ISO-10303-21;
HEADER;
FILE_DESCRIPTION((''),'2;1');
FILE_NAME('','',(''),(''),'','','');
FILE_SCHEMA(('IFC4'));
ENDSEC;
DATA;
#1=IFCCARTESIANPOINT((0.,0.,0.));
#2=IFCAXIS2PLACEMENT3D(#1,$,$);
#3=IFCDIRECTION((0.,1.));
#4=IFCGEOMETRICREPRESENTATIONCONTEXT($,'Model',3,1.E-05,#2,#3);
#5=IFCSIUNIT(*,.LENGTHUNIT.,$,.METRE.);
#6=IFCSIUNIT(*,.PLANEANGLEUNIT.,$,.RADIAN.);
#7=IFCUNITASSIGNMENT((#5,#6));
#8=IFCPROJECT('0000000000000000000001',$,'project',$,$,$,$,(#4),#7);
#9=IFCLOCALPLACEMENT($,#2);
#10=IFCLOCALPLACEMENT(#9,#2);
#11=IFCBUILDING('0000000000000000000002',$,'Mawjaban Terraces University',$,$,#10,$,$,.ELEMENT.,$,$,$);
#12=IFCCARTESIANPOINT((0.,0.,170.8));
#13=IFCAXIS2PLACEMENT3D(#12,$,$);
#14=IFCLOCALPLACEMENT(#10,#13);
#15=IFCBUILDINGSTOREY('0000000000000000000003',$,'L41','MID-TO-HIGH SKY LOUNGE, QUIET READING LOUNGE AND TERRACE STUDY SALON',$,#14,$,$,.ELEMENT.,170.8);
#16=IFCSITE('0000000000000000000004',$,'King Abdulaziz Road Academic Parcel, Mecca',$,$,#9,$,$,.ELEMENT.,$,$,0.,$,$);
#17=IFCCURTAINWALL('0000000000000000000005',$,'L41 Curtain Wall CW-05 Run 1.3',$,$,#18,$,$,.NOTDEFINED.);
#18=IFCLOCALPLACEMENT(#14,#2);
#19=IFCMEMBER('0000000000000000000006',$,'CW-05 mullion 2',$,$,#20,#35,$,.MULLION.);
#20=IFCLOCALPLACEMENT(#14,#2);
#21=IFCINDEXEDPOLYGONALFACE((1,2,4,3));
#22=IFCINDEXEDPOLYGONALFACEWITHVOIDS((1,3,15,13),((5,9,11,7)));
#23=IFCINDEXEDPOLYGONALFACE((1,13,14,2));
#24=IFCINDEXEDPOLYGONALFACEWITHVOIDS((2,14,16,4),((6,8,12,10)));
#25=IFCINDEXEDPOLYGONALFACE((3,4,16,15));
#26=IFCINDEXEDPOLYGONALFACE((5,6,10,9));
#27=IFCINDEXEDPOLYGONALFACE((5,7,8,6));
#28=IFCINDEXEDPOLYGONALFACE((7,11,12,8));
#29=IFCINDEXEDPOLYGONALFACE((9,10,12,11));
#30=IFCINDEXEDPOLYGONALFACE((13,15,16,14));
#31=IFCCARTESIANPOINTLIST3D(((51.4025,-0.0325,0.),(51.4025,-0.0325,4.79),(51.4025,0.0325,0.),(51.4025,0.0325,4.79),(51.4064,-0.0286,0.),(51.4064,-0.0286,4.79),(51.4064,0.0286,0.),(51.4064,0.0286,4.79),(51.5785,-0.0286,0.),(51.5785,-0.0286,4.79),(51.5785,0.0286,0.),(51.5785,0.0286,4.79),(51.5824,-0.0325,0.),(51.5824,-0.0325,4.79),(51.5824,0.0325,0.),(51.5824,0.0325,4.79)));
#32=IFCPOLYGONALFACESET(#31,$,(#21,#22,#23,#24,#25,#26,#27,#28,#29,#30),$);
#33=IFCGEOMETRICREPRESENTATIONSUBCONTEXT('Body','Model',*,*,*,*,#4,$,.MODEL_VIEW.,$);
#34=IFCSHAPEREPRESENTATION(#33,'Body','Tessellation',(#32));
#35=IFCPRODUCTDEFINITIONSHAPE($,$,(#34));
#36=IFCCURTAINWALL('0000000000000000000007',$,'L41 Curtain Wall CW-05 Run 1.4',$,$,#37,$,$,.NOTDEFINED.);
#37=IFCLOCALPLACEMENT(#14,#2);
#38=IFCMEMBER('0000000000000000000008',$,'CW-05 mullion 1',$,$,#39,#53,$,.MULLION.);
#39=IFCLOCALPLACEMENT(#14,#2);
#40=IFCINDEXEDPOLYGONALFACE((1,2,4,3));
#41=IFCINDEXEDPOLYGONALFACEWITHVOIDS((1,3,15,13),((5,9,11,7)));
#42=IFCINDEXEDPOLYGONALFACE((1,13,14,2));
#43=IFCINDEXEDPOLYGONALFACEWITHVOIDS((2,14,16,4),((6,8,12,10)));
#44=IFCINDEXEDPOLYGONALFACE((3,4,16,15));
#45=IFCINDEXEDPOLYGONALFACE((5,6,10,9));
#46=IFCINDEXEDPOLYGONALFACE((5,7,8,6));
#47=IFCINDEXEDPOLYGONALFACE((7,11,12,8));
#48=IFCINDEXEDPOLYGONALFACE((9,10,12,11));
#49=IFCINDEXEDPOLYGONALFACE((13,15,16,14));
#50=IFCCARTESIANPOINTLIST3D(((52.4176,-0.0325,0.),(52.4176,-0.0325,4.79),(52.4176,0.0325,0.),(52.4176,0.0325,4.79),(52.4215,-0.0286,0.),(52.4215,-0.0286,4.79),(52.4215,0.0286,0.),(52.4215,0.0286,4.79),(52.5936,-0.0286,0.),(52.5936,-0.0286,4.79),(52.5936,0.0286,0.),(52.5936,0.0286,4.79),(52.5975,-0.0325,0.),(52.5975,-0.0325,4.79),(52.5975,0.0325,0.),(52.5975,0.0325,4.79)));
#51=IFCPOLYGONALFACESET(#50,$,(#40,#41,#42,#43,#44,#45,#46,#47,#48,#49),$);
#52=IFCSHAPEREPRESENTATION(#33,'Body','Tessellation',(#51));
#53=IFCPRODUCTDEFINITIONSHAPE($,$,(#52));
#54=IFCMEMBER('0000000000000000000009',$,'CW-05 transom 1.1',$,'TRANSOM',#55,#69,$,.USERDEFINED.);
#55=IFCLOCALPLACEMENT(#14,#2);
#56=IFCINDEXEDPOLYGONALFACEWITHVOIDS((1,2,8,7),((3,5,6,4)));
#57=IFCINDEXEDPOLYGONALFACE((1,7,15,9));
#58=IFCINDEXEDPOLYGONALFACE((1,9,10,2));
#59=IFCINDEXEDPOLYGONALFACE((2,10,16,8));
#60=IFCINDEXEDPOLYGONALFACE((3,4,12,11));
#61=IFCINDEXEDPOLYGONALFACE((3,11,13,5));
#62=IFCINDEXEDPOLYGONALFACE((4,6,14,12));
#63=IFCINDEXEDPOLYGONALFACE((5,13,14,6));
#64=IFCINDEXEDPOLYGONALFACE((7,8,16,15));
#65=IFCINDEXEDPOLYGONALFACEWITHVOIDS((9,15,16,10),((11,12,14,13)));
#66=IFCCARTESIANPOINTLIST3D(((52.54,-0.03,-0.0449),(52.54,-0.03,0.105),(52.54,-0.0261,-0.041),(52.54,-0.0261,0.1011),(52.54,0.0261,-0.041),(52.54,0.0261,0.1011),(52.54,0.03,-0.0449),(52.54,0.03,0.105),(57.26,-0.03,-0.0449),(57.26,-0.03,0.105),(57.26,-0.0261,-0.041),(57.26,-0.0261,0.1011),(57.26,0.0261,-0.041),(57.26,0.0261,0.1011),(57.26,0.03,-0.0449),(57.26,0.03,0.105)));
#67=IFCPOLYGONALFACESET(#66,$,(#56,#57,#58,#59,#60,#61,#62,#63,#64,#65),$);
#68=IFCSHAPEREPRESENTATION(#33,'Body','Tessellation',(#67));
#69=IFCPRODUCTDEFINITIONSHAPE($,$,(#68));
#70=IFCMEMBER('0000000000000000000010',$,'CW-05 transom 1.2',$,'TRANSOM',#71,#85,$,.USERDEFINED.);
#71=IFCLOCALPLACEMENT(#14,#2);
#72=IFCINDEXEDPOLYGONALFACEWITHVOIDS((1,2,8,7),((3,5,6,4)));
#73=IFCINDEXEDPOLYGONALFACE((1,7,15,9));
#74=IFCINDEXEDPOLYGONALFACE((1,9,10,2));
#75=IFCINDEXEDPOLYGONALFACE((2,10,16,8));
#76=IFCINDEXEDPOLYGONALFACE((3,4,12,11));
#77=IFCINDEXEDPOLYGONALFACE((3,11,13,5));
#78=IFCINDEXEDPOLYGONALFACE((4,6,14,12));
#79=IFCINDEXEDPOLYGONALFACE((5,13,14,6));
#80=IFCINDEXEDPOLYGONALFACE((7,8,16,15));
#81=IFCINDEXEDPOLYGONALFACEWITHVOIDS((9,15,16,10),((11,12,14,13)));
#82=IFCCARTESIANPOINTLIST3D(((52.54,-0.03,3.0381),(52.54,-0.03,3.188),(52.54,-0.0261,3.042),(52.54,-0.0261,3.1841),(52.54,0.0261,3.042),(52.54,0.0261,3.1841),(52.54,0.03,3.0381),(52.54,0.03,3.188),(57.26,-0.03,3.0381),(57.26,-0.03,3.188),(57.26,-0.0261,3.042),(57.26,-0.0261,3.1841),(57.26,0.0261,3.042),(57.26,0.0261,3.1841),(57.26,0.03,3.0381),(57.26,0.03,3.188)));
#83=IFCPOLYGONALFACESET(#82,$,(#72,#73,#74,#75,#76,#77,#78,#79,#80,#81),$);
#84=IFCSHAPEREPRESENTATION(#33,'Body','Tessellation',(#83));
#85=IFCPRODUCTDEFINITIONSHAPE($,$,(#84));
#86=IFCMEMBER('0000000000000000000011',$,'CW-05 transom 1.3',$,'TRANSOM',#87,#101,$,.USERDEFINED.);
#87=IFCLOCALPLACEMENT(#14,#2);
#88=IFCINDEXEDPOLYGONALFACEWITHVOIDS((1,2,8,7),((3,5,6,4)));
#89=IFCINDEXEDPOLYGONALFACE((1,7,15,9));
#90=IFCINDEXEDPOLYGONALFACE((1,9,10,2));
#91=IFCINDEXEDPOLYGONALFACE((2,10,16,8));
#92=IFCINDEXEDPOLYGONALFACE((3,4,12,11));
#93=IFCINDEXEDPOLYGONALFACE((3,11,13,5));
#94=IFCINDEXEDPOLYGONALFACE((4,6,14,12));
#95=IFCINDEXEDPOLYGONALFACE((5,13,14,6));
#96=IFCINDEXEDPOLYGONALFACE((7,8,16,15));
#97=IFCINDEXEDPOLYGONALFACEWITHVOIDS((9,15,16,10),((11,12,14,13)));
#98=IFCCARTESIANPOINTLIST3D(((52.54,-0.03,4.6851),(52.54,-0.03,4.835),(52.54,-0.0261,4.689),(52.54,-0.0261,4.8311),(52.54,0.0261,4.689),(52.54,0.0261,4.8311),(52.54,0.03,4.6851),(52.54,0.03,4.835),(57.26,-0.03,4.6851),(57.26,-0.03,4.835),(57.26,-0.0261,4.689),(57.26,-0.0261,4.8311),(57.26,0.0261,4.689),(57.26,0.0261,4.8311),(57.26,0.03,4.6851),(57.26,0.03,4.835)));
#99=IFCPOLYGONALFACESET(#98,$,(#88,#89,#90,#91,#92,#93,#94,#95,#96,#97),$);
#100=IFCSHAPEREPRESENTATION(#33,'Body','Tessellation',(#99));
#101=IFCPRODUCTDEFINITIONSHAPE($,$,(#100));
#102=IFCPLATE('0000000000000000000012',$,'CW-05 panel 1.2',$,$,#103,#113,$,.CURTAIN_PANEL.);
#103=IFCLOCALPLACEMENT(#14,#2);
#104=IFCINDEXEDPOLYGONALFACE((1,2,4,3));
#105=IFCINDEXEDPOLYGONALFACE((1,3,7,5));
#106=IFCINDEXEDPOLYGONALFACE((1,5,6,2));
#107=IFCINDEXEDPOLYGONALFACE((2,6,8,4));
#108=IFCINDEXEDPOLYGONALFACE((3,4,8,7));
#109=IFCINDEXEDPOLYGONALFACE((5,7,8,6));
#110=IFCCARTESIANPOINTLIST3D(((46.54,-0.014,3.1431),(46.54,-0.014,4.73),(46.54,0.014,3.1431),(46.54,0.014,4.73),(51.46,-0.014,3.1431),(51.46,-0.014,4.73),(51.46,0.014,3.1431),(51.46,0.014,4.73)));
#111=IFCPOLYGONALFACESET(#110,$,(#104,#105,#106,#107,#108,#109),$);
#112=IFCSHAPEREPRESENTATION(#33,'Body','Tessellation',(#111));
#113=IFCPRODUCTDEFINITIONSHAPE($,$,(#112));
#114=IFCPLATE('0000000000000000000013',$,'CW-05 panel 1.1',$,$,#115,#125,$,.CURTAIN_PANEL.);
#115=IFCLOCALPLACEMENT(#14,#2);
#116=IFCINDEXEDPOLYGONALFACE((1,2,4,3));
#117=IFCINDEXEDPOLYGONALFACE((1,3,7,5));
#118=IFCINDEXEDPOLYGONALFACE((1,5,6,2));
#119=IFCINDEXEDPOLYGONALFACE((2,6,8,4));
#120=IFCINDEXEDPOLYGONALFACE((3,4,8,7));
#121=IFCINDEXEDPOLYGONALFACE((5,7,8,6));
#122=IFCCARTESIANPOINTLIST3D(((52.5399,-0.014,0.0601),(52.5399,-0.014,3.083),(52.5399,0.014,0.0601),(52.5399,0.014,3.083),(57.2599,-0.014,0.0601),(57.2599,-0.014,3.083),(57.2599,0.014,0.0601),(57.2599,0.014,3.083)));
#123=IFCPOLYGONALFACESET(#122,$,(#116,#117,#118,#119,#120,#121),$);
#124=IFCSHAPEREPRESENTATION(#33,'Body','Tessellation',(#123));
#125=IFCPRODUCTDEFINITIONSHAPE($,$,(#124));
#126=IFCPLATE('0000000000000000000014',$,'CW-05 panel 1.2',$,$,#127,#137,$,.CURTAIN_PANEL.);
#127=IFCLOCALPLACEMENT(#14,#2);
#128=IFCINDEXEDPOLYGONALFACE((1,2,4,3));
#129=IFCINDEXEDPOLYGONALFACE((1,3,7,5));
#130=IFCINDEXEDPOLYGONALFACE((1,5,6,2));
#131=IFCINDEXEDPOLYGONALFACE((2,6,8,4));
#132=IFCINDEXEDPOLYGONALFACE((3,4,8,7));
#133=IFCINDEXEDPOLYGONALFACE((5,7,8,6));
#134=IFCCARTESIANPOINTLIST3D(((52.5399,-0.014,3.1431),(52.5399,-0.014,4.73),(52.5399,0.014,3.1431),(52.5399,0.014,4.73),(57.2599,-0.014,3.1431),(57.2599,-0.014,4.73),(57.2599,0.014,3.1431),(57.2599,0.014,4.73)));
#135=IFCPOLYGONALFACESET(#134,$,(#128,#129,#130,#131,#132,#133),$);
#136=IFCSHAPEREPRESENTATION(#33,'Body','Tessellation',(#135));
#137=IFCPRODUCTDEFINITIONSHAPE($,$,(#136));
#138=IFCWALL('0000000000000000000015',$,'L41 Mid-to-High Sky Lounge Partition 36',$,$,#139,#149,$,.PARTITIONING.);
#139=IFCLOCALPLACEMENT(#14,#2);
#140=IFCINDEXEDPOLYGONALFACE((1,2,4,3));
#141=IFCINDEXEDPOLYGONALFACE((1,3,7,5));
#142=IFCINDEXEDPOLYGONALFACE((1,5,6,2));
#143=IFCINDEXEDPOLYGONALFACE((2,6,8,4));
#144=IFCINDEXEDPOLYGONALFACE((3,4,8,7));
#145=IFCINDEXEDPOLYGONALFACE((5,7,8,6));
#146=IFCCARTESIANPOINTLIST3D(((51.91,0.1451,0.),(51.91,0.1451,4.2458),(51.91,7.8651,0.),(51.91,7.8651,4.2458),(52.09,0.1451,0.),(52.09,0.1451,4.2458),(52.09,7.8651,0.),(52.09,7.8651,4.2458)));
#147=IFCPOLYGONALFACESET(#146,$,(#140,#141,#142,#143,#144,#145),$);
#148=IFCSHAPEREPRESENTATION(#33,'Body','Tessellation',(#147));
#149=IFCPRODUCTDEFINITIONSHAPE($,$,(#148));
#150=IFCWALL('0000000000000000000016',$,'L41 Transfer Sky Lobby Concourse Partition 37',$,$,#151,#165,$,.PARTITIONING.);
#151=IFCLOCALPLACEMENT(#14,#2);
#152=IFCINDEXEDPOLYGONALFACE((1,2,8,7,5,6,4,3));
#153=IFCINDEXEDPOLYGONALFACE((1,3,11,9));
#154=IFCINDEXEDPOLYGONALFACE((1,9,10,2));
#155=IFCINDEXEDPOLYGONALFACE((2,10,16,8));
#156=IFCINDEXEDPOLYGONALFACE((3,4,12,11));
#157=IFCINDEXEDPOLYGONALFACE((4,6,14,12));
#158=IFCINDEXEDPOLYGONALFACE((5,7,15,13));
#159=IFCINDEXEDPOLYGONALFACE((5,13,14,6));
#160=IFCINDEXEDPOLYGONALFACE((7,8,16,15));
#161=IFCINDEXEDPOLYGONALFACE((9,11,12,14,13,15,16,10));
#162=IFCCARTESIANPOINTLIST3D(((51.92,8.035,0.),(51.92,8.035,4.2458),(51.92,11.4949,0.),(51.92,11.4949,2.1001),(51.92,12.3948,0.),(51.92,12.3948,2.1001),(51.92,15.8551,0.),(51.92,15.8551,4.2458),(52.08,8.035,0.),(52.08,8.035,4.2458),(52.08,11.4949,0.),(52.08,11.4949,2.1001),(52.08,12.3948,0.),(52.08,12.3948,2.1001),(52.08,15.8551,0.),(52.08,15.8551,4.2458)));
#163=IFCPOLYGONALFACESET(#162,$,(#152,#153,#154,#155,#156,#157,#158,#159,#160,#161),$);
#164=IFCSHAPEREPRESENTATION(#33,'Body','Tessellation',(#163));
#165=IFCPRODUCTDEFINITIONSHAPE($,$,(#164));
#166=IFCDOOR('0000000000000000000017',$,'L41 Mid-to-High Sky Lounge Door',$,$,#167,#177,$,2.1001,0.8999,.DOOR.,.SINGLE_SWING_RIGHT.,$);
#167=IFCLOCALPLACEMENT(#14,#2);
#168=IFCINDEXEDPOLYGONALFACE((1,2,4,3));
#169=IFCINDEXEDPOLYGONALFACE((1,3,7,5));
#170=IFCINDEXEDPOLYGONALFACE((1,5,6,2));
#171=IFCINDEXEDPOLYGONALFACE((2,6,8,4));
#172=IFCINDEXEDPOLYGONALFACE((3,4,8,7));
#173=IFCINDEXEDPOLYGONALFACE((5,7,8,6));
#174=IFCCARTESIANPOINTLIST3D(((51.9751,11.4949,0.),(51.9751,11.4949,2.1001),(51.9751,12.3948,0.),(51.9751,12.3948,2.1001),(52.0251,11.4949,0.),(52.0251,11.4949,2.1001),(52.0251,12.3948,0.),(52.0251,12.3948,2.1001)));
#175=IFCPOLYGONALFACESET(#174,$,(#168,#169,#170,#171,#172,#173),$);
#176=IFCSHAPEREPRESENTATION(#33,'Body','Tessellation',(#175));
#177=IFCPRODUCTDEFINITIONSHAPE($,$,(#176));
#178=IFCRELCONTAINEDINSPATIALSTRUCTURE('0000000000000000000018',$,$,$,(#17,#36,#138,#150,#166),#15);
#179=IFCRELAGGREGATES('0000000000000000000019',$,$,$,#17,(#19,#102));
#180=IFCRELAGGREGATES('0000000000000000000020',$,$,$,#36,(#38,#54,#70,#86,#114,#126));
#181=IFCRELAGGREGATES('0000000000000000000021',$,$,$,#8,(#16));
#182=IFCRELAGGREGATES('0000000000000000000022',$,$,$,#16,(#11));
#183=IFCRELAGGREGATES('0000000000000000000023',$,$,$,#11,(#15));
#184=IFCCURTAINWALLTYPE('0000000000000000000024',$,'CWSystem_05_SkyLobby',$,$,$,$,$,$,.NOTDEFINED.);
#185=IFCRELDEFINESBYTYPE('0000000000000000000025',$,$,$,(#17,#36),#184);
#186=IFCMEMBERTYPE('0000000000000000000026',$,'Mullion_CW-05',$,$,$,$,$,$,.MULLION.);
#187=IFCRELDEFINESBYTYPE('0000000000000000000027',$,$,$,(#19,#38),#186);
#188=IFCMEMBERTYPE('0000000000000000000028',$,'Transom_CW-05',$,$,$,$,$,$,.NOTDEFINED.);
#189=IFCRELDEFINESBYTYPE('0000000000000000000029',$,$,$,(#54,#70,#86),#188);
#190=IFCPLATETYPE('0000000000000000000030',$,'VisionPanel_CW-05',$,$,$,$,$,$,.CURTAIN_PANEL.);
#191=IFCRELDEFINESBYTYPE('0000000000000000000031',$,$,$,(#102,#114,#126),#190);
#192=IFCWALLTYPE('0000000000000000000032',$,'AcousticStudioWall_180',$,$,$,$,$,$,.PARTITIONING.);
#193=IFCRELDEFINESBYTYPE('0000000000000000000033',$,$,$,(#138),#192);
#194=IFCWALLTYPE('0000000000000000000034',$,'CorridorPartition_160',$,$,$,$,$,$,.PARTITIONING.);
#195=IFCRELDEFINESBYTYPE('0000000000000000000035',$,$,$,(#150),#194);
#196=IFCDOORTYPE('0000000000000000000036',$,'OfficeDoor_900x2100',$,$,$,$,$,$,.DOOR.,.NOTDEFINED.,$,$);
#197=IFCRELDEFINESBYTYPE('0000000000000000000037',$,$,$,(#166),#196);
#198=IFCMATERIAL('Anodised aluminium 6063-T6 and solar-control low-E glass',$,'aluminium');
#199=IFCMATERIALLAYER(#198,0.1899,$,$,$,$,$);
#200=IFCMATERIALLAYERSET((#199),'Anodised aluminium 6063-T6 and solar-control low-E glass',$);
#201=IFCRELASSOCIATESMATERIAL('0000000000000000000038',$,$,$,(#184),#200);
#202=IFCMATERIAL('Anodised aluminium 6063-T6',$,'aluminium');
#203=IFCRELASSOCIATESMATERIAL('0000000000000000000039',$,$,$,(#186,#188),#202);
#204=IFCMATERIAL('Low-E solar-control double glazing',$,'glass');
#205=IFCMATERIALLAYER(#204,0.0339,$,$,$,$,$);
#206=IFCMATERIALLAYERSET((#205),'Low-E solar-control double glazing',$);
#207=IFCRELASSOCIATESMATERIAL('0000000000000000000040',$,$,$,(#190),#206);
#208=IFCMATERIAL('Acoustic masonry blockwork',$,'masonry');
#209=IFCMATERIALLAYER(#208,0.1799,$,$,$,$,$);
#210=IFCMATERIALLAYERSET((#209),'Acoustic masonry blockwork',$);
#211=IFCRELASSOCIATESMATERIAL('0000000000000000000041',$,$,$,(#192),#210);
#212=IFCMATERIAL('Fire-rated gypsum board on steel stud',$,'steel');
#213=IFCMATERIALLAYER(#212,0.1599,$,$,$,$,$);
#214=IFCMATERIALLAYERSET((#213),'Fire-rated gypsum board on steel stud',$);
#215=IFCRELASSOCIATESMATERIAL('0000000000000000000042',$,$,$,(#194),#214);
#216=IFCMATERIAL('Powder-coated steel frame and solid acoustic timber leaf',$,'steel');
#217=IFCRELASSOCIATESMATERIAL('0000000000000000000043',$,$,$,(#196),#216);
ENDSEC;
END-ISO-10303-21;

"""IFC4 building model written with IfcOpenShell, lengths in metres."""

from ifc_helpers import new_model, si_unit, direction, frame, frame_2d, origin, origin_2d, place, context, subcontext, project, spatial, rectangle, hollow_rectangle, extrude, material, layer, layer_set, material_profile, profile_set, type_object, element, fill, aggregate, save


model = new_model("IFC4")

# Units and contexts
model_context = context("Model", 3, precision=1e-05, world=origin(), true_north=direction((0.0, 1.0)))
body_context = subcontext(model_context, "Body", "Model", "MODEL_VIEW")
ifc_project = project(units=[si_unit("LENGTHUNIT", "METRE"), si_unit("PLANEANGLEUNIT", "RADIAN")], contexts=[model_context])

# Site, building, storey
site_placement = place(None, origin())
site = spatial("IfcSite", under=ifc_project, at=site_placement, Name="King Abdulaziz Road Academic Parcel, Mecca", CompositionType="ELEMENT", RefElevation=0.0)
building_placement = place(site_placement, origin())
building = spatial("IfcBuilding", under=site, at=building_placement, Name="Mawjaban Terraces University", CompositionType="ELEMENT")
storey_placement = place(building_placement, frame((0.0, 0.0, 170.8)))
storey = spatial("IfcBuildingStorey", under=building, at=storey_placement, Name="L41", Description="MID-TO-HIGH SKY LOUNGE, QUIET READING LOUNGE AND TERRACE STUDY SALON", CompositionType="ELEMENT", Elevation=170.8)

# Curtain wall, member
ifc_material_1 = material(Name="Anodised aluminium 6063-T6 and solar-control low-E glass", Category="aluminium")
ifc_layer_1 = layer(ifc_material_1, 0.1899)
ifc_layer_set_1 = layer_set([ifc_layer_1], Name="Anodised aluminium 6063-T6 and solar-control low-E glass")
curtain_wall_type = type_object("IfcCurtainWallType", Name="CWSystem_05_SkyLobby", PredefinedType="NOTDEFINED", material=ifc_layer_set_1)
curtain_wall_1_placement = place(storey_placement, origin())
curtain_wall_1 = element("IfcCurtainWall", 1, at=curtain_wall_1_placement, inside=storey, type_object=curtain_wall_type, Name="L41 Curtain Wall CW-05 Run 1.3", PredefinedType="NOTDEFINED")
ifc_material_2 = material(Name="Anodised aluminium 6063-T6", Category="aluminium")
ifc_material_profile_1 = material_profile(ifc_material_2, hollow_rectangle(XDim=0.0649, YDim=0.1799, WallThickness=0.0039, at=origin_2d()), Name="ALU180X65X4")
ifc_profile_set_1 = profile_set([ifc_material_profile_1], Name="Anodised aluminium 6063-T6")
member_type_1 = type_object("IfcMemberType", Name="Mullion_CW-05", PredefinedType="MULLION", material=ifc_profile_set_1)
member_1_placement = place(storey_placement, frame((51.4924, 0.0, 0.0), z_axis=(0.0, 0.0, 1.0), x_axis=(0.0, 1.0, 0.0)))
member_1 = element("IfcMember", 2, at=member_1_placement, type_object=member_type_1, Name="CW-05 mullion 2", PredefinedType="MULLION", context=body_context, shape_type="SweptSolid", body=[
    extrude(hollow_rectangle(XDim=0.0649, YDim=0.1799, WallThickness=0.0039, at=origin_2d()), origin(), (0.0, 0.0, 1.0), 4.79),
])

# Curtain wall, members
curtain_wall_2_placement = place(storey_placement, origin())
curtain_wall_2 = element("IfcCurtainWall", 3, at=curtain_wall_2_placement, inside=storey, type_object=curtain_wall_type, Name="L41 Curtain Wall CW-05 Run 1.4", PredefinedType="NOTDEFINED")
member_2_placement = place(storey_placement, frame((52.5076, 0.0, 0.0), z_axis=(0.0, 0.0, 1.0), x_axis=(0.0, 1.0, 0.0)))
member_2 = element("IfcMember", 4, at=member_2_placement, type_object=member_type_1, Name="CW-05 mullion 1", PredefinedType="MULLION", context=body_context, shape_type="SweptSolid", body=[
    extrude(hollow_rectangle(XDim=0.0649, YDim=0.1799, WallThickness=0.0039, at=origin_2d()), origin(), (0.0, 0.0, 1.0), 4.79),
])
ifc_material_profile_2 = material_profile(ifc_material_2, hollow_rectangle(XDim=0.0601, YDim=0.1499, WallThickness=0.0039, at=origin_2d()), Name="ALU150X60X4")
ifc_profile_set_2 = profile_set([ifc_material_profile_2], Name="Anodised aluminium 6063-T6")
member_type_2 = type_object("IfcMemberType", Name="Transom_CW-05", PredefinedType="NOTDEFINED", material=ifc_profile_set_2)
member_3_placement = place(storey_placement, frame((52.54, 0.0, 0.03), z_axis=(1.0, 0.0, 0.0), x_axis=(0.0, 1.0, 0.0)))
member_3 = element("IfcMember", 5, at=member_3_placement, type_object=member_type_2, Name="CW-05 transom 1.1", ObjectType="TRANSOM", PredefinedType="USERDEFINED", context=body_context, shape_type="SweptSolid", body=[
    extrude(hollow_rectangle(XDim=0.0601, YDim=0.1499, WallThickness=0.0039, at=origin_2d()), origin(), (0.0, 0.0, 1.0), 4.72),
])
member_4_placement = place(storey_placement, frame((52.54, 0.0, 3.113), z_axis=(1.0, 0.0, 0.0), x_axis=(0.0, 1.0, 0.0)))
member_4 = element("IfcMember", 6, at=member_4_placement, type_object=member_type_2, Name="CW-05 transom 1.2", ObjectType="TRANSOM", PredefinedType="USERDEFINED", context=body_context, shape_type="SweptSolid", body=[
    extrude(hollow_rectangle(XDim=0.0601, YDim=0.1499, WallThickness=0.0039, at=origin_2d()), origin(), (0.0, 0.0, 1.0), 4.72),
])
member_5_placement = place(storey_placement, frame((52.54, 0.0, 4.76), z_axis=(1.0, 0.0, 0.0), x_axis=(0.0, 1.0, 0.0)))
member_5 = element("IfcMember", 7, at=member_5_placement, type_object=member_type_2, Name="CW-05 transom 1.3", ObjectType="TRANSOM", PredefinedType="USERDEFINED", context=body_context, shape_type="SweptSolid", body=[
    extrude(hollow_rectangle(XDim=0.0601, YDim=0.1499, WallThickness=0.0039, at=origin_2d()), origin(), (0.0, 0.0, 1.0), 4.72),
])

# Plates
ifc_material_3 = material(Name="Low-E solar-control double glazing", Category="glass")
ifc_layer_2 = layer(ifc_material_3, 0.0339)
ifc_layer_set_2 = layer_set([ifc_layer_2], Name="Low-E solar-control double glazing")
plate_type = type_object("IfcPlateType", Name="VisionPanel_CW-05", PredefinedType="CURTAIN_PANEL", material=ifc_layer_set_2)
plate_1_placement = place(storey_placement, frame((49.0, 0.0, 3.1431), z_axis=(0.0, 0.0, 1.0), x_axis=(1.0, 0.0, 0.0)))
plate_1 = element("IfcPlate", 8, at=plate_1_placement, type_object=plate_type, Name="CW-05 panel 1.2", PredefinedType="CURTAIN_PANEL", context=body_context, shape_type="SweptSolid", body=[
    extrude(rectangle(XDim=4.9199, YDim=0.0281, at=origin_2d()), origin(), (0.0, 0.0, 1.0), 1.5869),
])
aggregate(curtain_wall_1, [member_1, plate_1])
plate_2_placement = place(storey_placement, frame((54.8999, 0.0, 0.0601), z_axis=(0.0, 0.0, 1.0), x_axis=(1.0, 0.0, 0.0)))
plate_2 = element("IfcPlate", 9, at=plate_2_placement, type_object=plate_type, Name="CW-05 panel 1.1", PredefinedType="CURTAIN_PANEL", context=body_context, shape_type="SweptSolid", body=[
    extrude(rectangle(XDim=4.72, YDim=0.0281, at=origin_2d()), origin(), (0.0, 0.0, 1.0), 3.0229),
])
plate_3_placement = place(storey_placement, frame((54.8999, 0.0, 3.1431), z_axis=(0.0, 0.0, 1.0), x_axis=(1.0, 0.0, 0.0)))
plate_3 = element("IfcPlate", 10, at=plate_3_placement, type_object=plate_type, Name="CW-05 panel 1.2", PredefinedType="CURTAIN_PANEL", context=body_context, shape_type="SweptSolid", body=[
    extrude(rectangle(XDim=4.72, YDim=0.0281, at=origin_2d()), origin(), (0.0, 0.0, 1.0), 1.5869),
])
aggregate(curtain_wall_2, [member_2, member_3, member_4, member_5, plate_2, plate_3])

# Wall
ifc_material_4 = material(Name="Acoustic masonry blockwork", Category="masonry")
ifc_layer_3 = layer(ifc_material_4, 0.1799)
ifc_layer_set_3 = layer_set([ifc_layer_3], Name="Acoustic masonry blockwork")
wall_type_1 = type_object("IfcWallType", Name="AcousticStudioWall_180", PredefinedType="PARTITIONING", material=ifc_layer_set_3)
wall_1_placement = place(storey_placement, frame((52.0, 7.865, 0.0), z_axis=(0.0, 0.0, 1.0), x_axis=(0.0, -1.0, 0.0)))
element("IfcWall", 11, at=wall_1_placement, inside=storey, type_object=wall_type_1, Name="L41 Mid-to-High Sky Lounge Partition 36", PredefinedType="PARTITIONING", context=body_context, shape_type="SweptSolid", body=[
    extrude(rectangle(XDim=7.72, YDim=0.1799, at=frame_2d((3.8599, 0.0))), origin(), (0.0, 0.0, 1.0), 4.2458),
])

# Wall, opening, door
ifc_material_5 = material(Name="Fire-rated gypsum board on steel stud", Category="steel")
ifc_layer_4 = layer(ifc_material_5, 0.1599)
ifc_layer_set_4 = layer_set([ifc_layer_4], Name="Fire-rated gypsum board on steel stud")
wall_type_2 = type_object("IfcWallType", Name="CorridorPartition_160", PredefinedType="PARTITIONING", material=ifc_layer_set_4)
wall_2_placement = place(storey_placement, frame((52.0, 8.0349, 0.0), z_axis=(0.0, 0.0, 1.0), x_axis=(0.0, 1.0, 0.0)))
wall_2 = element("IfcWall", 12, at=wall_2_placement, inside=storey, type_object=wall_type_2, Name="L41 Transfer Sky Lobby Concourse Partition 37", PredefinedType="PARTITIONING", context=body_context, shape_type="SweptSolid", body=[
    extrude(rectangle(XDim=7.8201, YDim=0.1599, at=frame_2d((3.9102, 0.0))), origin(), (0.0, 0.0, 1.0), 4.2458),
])
opening_placement = place(wall_2_placement, frame((3.46, 0.0, 0.0)))
opening = element("IfcOpeningElement", 13, at=opening_placement, cuts=wall_2, PredefinedType="OPENING", context=body_context, shape_type="SweptSolid", body=[
    extrude(rectangle(XDim=0.8999, YDim=2.1001, at=frame_2d((0.45, 1.05))), frame((0.0, 0.0898, 0.0), z_axis=(0.0, -1.0, 0.0), x_axis=(1.0, 0.0, 0.0)), (0.0, 0.0, 1.0), 0.1799),
])
ifc_material_6 = material(Name="Powder-coated steel frame and solid acoustic timber leaf", Category="steel")
door_type = type_object("IfcDoorType", Name="OfficeDoor_900x2100", OperationType="NOTDEFINED", PredefinedType="DOOR", material=ifc_material_6)
door_placement = place(opening_placement, origin())
door = element("IfcDoor", 14, at=door_placement, inside=storey, type_object=door_type, Name="L41 Mid-to-High Sky Lounge Door", OperationType="SINGLE_SWING_RIGHT", OverallHeight=2.1001, OverallWidth=0.8999, PredefinedType="DOOR", context=body_context, shape_type="SweptSolid", body=[
    extrude(rectangle(XDim=0.8999, YDim=2.1001, at=frame_2d((0.45, 1.05))), frame((0.0, 0.0249, 0.0), z_axis=(0.0, -1.0, 0.0), x_axis=(1.0, 0.0, 0.0)), (0.0, 0.0, 1.0), 0.05),
])
fill(opening, door)

save(model, "model.ifc")
